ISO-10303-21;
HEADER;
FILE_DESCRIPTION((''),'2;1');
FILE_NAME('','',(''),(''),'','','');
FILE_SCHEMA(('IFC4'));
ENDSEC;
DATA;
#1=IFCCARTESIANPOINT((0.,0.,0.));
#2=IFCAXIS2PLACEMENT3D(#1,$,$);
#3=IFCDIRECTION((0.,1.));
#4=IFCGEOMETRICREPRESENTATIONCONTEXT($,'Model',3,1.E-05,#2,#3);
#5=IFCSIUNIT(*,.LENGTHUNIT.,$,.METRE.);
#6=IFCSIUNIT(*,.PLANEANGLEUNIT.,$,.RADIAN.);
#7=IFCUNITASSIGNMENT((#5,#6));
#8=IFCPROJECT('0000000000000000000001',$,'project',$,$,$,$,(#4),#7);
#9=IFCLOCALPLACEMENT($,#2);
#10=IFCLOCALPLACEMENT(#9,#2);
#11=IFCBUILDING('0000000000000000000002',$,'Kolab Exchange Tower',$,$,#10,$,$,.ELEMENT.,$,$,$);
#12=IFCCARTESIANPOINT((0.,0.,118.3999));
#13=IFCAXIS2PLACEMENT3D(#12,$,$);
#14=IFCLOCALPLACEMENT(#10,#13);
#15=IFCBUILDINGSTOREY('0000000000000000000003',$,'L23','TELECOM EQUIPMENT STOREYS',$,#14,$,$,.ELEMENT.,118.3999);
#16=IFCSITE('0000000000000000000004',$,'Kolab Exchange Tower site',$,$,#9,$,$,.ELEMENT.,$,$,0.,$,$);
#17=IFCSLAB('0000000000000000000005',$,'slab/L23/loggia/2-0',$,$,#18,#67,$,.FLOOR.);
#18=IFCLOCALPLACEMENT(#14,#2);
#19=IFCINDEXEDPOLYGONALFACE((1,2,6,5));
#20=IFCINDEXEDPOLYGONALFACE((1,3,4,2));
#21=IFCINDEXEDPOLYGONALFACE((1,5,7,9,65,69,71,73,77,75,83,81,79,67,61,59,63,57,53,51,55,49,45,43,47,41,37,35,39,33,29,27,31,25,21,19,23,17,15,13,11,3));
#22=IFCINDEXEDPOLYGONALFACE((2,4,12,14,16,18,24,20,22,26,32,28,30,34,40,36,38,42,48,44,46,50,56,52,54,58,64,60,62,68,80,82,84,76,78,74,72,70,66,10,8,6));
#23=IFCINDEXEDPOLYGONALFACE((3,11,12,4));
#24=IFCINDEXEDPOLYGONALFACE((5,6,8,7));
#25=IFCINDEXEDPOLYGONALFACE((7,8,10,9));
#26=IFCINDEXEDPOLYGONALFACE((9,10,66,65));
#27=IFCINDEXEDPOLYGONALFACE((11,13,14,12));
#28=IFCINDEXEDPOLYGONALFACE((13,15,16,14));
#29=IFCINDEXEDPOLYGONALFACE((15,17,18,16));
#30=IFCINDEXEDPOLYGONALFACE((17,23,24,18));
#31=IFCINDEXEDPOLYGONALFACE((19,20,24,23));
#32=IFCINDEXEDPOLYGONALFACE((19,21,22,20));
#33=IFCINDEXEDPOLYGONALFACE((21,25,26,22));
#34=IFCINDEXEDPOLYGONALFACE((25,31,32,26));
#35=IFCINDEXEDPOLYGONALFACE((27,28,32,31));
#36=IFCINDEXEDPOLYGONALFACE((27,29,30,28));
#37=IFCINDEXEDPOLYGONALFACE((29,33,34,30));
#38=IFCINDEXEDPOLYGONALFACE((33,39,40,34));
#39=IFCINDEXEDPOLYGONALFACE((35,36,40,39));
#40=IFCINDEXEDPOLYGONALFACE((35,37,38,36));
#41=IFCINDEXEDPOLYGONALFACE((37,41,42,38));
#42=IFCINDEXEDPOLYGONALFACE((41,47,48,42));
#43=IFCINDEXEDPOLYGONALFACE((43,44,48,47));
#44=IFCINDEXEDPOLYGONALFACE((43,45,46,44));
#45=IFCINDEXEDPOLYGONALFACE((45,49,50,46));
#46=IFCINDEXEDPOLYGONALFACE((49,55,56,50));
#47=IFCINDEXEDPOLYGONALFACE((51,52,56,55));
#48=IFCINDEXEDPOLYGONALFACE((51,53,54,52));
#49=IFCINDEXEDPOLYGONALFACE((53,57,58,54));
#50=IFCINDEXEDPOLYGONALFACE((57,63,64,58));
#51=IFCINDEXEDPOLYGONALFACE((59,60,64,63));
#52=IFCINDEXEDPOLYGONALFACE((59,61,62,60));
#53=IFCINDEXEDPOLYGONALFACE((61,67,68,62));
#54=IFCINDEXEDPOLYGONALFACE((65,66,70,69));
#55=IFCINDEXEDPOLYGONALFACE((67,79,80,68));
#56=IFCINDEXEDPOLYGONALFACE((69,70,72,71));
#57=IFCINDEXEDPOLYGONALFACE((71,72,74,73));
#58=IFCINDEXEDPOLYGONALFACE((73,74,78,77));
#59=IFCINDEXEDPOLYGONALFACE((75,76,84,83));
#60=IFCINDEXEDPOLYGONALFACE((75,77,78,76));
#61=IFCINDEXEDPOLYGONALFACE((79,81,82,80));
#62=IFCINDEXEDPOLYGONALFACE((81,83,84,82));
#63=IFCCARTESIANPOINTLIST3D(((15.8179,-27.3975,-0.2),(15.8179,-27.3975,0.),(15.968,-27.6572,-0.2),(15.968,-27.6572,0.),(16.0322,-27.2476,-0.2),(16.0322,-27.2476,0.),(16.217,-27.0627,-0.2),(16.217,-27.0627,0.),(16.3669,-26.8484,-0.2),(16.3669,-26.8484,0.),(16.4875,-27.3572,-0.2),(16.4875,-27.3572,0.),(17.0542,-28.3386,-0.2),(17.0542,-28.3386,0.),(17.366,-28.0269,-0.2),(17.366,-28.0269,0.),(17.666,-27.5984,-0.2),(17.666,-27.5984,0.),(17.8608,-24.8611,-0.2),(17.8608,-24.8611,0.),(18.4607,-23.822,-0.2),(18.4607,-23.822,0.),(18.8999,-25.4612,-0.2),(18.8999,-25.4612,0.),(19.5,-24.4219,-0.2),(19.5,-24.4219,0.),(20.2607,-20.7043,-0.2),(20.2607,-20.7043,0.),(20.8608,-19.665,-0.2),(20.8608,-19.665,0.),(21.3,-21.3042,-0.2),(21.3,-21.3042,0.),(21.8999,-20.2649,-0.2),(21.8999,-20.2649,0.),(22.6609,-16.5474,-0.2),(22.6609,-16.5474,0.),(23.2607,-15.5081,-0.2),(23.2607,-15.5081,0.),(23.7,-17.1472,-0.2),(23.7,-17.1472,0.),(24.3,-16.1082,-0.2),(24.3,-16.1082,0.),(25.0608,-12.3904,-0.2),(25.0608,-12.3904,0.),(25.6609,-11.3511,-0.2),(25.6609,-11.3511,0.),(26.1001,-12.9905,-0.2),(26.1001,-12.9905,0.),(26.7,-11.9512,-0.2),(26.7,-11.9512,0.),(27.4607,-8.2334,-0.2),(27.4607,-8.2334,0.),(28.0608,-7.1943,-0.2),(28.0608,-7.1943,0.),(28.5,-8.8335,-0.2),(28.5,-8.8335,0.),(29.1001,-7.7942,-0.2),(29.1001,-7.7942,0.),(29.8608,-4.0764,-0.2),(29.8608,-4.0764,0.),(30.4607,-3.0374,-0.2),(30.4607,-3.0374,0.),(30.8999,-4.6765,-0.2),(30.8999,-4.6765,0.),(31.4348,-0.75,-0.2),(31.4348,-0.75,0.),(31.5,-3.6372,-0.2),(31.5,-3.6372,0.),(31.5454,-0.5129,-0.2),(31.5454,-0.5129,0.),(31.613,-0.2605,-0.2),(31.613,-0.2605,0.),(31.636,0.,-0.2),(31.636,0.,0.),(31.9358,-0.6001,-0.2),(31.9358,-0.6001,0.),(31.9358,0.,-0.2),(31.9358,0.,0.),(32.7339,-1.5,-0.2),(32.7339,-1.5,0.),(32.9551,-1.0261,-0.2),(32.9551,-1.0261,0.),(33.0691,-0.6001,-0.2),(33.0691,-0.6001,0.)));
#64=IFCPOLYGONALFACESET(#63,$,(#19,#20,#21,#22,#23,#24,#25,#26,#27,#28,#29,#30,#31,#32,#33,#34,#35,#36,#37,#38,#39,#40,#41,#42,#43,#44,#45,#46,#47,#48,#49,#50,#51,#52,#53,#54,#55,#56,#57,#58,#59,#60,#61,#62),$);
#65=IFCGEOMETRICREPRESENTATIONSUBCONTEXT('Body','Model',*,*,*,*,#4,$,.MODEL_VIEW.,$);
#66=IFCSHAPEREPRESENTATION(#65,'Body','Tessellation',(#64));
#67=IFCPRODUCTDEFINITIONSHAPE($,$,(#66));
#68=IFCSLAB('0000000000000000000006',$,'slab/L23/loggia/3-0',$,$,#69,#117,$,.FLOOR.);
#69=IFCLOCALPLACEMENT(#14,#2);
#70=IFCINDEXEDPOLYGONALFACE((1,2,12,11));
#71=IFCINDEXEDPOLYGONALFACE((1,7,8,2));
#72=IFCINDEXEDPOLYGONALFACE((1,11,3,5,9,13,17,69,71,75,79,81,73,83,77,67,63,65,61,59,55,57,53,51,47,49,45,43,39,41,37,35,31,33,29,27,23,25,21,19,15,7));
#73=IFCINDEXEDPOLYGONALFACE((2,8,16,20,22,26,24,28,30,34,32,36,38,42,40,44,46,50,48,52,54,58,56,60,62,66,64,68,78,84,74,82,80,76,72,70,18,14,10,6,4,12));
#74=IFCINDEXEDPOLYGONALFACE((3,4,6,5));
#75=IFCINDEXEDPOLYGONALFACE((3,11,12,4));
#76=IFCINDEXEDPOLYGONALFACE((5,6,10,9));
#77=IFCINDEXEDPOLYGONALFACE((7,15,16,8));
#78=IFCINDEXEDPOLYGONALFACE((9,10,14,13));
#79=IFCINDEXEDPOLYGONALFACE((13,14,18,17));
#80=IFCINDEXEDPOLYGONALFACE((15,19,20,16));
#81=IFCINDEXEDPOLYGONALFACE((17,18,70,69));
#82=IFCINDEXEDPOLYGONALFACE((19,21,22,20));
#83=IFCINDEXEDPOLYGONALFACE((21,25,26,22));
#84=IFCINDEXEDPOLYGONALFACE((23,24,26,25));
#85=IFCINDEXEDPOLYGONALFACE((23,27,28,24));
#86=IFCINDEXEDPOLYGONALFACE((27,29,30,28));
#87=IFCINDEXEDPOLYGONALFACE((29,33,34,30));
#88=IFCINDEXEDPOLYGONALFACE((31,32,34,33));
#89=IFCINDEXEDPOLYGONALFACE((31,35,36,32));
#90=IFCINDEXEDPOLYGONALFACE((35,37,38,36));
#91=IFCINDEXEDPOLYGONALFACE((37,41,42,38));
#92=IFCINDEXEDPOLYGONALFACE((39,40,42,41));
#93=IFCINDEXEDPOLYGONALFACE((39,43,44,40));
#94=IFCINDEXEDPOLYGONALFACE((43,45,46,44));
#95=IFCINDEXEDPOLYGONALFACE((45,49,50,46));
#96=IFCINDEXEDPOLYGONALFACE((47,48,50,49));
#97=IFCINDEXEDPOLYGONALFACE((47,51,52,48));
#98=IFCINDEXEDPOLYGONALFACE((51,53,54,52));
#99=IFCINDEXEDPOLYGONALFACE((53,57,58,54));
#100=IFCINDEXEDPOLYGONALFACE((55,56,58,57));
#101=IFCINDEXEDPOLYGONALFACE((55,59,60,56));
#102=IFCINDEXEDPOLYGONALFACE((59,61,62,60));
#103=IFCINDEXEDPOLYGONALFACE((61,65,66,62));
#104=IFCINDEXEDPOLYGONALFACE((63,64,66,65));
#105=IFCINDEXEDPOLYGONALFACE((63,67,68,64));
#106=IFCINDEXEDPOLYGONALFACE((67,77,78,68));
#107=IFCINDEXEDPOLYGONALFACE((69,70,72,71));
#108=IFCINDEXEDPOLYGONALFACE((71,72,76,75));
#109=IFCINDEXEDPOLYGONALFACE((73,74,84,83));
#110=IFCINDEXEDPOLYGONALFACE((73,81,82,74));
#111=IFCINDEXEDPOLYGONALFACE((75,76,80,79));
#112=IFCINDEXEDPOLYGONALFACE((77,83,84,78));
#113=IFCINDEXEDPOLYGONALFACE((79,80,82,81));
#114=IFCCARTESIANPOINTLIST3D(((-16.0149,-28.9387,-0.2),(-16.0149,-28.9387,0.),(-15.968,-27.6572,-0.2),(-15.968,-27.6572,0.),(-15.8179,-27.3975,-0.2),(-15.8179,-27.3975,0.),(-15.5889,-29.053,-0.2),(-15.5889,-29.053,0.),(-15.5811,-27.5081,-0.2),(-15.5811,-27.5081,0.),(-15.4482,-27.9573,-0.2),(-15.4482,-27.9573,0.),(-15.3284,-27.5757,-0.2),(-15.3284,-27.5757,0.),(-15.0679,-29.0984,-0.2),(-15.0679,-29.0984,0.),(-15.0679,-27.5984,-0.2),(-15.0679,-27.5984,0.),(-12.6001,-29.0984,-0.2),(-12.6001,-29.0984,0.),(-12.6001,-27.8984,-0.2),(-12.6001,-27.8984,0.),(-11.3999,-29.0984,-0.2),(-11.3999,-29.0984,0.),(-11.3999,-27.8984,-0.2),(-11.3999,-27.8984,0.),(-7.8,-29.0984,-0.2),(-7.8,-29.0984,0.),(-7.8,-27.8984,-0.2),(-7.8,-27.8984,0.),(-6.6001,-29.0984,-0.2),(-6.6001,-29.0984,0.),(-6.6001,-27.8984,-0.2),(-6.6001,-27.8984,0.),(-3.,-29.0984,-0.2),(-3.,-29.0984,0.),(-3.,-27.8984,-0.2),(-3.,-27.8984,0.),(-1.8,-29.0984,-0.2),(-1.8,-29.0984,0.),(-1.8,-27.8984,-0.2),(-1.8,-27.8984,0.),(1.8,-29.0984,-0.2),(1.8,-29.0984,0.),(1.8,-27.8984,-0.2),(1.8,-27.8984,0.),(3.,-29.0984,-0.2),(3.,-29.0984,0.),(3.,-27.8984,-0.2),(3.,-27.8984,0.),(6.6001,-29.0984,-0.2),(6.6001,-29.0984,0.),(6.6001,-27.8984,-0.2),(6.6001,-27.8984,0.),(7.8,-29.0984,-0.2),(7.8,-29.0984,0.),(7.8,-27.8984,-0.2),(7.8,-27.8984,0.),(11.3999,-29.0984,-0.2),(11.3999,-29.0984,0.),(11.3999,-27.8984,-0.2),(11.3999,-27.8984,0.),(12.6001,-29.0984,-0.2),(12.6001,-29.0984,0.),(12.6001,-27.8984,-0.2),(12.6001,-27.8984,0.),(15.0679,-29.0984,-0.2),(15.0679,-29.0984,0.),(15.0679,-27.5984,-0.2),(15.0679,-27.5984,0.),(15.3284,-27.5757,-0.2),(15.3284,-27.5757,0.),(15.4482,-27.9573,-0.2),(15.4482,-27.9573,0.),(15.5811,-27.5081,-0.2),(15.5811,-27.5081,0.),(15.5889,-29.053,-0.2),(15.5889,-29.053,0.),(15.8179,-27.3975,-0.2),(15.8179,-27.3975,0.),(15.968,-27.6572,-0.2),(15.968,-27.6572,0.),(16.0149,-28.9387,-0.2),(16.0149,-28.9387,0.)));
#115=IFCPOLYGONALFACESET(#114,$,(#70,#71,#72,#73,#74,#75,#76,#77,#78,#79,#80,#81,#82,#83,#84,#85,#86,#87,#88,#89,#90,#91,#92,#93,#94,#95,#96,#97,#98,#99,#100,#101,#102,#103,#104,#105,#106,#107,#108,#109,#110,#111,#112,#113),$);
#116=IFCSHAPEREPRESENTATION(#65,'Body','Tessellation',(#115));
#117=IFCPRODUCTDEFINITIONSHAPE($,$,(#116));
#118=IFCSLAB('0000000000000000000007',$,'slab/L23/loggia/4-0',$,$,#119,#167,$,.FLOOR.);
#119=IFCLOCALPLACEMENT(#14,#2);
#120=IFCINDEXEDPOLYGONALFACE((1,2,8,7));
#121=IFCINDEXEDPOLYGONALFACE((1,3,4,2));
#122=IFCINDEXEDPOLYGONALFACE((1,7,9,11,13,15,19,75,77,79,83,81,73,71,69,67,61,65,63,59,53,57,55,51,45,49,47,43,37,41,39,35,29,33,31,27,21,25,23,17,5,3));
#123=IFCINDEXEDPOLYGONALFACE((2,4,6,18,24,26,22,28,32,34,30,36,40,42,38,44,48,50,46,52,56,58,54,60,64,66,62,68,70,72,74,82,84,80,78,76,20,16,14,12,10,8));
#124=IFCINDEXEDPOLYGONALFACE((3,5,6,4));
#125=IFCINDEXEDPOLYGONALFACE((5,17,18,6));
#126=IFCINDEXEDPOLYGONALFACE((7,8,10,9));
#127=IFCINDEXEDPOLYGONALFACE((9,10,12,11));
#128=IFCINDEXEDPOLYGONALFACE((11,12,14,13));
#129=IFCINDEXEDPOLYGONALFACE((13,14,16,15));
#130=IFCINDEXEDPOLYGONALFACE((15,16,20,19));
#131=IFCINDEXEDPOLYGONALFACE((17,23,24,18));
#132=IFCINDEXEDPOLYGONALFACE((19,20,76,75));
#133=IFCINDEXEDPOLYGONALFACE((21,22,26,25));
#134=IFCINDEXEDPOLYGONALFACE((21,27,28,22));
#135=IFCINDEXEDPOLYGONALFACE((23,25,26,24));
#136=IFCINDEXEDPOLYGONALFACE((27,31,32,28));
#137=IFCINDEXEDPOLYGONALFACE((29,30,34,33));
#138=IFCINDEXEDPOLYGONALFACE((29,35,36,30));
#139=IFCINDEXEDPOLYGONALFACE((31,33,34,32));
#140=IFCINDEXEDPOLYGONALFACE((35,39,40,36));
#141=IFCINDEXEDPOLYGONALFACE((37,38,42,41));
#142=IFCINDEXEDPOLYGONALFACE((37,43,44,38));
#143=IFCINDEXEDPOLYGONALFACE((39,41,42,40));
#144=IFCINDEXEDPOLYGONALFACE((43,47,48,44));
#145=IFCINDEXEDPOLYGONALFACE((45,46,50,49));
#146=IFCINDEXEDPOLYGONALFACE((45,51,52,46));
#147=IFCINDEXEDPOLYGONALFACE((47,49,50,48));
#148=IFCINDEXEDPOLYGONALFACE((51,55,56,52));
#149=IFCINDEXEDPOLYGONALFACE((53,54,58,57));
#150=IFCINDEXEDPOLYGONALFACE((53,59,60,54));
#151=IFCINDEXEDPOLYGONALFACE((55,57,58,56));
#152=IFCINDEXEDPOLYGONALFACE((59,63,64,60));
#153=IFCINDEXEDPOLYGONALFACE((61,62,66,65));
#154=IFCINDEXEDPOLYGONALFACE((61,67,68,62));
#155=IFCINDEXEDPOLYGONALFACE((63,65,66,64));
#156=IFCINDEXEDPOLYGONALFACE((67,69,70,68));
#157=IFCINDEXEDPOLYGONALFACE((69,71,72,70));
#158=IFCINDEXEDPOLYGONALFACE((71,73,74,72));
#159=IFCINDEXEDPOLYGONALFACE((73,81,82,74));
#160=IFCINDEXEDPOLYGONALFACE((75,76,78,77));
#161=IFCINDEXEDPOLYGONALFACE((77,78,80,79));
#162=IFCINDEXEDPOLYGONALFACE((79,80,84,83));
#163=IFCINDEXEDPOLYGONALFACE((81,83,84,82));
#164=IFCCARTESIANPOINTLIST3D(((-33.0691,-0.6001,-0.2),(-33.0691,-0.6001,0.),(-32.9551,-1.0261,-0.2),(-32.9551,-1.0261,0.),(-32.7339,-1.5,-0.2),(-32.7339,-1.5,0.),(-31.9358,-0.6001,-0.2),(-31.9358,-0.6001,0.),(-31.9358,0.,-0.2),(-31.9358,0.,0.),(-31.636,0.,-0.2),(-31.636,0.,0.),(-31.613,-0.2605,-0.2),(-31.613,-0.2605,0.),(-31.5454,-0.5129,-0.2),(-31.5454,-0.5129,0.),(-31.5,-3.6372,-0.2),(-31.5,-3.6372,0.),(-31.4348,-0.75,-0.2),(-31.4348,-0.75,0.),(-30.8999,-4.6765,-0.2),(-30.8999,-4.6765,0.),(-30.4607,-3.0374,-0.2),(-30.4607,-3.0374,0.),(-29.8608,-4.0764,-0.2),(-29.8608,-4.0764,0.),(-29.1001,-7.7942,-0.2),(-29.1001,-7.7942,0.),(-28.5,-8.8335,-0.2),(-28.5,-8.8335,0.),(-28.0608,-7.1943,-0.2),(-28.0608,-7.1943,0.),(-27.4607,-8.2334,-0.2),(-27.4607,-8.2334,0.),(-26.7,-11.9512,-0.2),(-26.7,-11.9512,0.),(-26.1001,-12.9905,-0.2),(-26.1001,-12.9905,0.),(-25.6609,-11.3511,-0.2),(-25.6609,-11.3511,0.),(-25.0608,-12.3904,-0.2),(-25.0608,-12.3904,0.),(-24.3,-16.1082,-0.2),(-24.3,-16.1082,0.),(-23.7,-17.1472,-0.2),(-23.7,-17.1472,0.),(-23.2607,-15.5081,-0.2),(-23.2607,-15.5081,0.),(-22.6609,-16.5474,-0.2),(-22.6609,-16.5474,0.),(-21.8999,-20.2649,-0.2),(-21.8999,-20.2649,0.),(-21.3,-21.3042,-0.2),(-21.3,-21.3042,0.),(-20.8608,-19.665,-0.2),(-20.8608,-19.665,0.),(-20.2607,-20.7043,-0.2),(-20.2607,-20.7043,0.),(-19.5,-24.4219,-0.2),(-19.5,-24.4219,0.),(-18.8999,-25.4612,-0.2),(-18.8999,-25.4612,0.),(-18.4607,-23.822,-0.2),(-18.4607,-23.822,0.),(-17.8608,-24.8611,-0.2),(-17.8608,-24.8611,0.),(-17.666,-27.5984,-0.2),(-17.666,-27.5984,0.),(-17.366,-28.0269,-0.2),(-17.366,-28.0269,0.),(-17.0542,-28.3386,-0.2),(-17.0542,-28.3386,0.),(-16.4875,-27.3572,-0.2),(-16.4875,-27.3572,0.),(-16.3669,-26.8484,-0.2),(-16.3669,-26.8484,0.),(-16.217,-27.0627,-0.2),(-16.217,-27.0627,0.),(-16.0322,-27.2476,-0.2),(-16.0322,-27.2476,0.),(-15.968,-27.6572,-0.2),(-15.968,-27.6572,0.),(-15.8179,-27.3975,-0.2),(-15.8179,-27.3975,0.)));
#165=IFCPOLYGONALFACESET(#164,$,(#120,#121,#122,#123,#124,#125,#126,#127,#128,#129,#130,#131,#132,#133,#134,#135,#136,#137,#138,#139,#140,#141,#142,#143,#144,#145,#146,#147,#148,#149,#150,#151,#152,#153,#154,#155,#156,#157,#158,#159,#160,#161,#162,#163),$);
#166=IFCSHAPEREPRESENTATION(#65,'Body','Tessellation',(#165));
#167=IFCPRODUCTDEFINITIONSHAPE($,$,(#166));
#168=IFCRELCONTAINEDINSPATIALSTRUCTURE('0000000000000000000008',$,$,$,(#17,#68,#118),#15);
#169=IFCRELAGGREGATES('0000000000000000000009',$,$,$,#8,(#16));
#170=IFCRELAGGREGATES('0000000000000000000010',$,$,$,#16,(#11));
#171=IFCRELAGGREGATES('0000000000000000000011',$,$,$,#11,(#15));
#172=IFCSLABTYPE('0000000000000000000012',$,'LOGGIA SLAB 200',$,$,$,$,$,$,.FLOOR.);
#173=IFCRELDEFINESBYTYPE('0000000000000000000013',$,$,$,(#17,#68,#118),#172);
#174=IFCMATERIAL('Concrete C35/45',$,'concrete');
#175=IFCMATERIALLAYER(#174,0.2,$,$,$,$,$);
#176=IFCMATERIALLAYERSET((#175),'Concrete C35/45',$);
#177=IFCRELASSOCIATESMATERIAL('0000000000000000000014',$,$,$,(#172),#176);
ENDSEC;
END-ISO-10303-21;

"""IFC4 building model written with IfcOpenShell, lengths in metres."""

from ifc_helpers import new_model, si_unit, direction, frame, origin, place, context, subcontext, project, spatial, polyline, outline, extrude, material, layer, layer_set, type_object, element, save


model = new_model("IFC4")

# Units and contexts
model_context = context("Model", 3, precision=1e-05, world=origin(), true_north=direction((0.0, 1.0)))
body_context = subcontext(model_context, "Body", "Model", "MODEL_VIEW")
ifc_project = project(units=[si_unit("LENGTHUNIT", "METRE"), si_unit("PLANEANGLEUNIT", "RADIAN")], contexts=[model_context])

# Site, building, storey
site_placement = place(None, origin())
site = spatial("IfcSite", under=ifc_project, at=site_placement, Name="Kolab Exchange Tower site", CompositionType="ELEMENT", RefElevation=0.0)
building_placement = place(site_placement, origin())
building = spatial("IfcBuilding", under=site, at=building_placement, Name="Kolab Exchange Tower", CompositionType="ELEMENT")
storey_placement = place(building_placement, frame((0.0, 0.0, 118.3999)))
storey = spatial("IfcBuildingStorey", under=building, at=storey_placement, Name="L23", Description="TELECOM EQUIPMENT STOREYS", CompositionType="ELEMENT", Elevation=118.3999)

# Slabs
ifc_material_1 = material(Name="Concrete C35/45", Category="concrete")
ifc_layer_1 = layer(ifc_material_1, 0.2)
ifc_layer_set_1 = layer_set([ifc_layer_1], Name="Concrete C35/45")
slab_type_1 = type_object("IfcSlabType", Name="LOGGIA SLAB 200", PredefinedType="FLOOR", material=ifc_layer_set_1)
slab_1_placement = place(storey_placement, frame((0.0, 0.0, -0.2)))
element("IfcSlab", 1, at=slab_1_placement, inside=storey, type_object=slab_type_1, Name="slab/L23/loggia/2-0", PredefinedType="FLOOR", context=body_context, shape_type="SweptSolid", body=[
    extrude(outline(polyline([(17.666, -27.5984), (18.8999, -25.4612), (17.8608, -24.8611), (18.4607, -23.822), (19.5, -24.4219), (21.3, -21.3042), (20.2607, -20.7043), (20.8608, -19.665), (21.8999, -20.2649), (23.7, -17.1472), (22.6609, -16.5474), (23.2607, -15.5081), (24.3, -16.1082), (26.1001, -12.9905), (25.0608, -12.3904), (25.6609, -11.3511), (26.7, -11.9512), (28.5, -8.8335), (27.4607, -8.2334), (28.0608, -7.1943), (29.1001, -7.7942), (30.8999, -4.6765), (29.8608, -4.0764), (30.4607, -3.0374), (31.5, -3.6372), (32.7339, -1.5), (32.9551, -1.0261), (33.0691, -0.6001), (31.9358, -0.6001), (31.9358, 0.0), (31.636, 0.0), (31.613, -0.2605), (31.5454, -0.5129), (31.4348, -0.75), (16.3669, -26.8484), (16.217, -27.0627), (16.0322, -27.2476), (15.8179, -27.3975), (15.968, -27.6572), (16.4875, -27.3572), (17.0542, -28.3386), (17.366, -28.0269), (17.666, -27.5984)])), origin(), (0.0, 0.0, 1.0), 0.2),
])
slab_2_placement = place(storey_placement, frame((0.0, 0.0, -0.2)))
element("IfcSlab", 2, at=slab_2_placement, inside=storey, type_object=slab_type_1, Name="slab/L23/loggia/3-0", PredefinedType="FLOOR", context=body_context, shape_type="SweptSolid", body=[
    extrude(outline(polyline([(-15.8179, -27.3975), (-15.968, -27.6572), (-15.4482, -27.9573), (-16.0149, -28.9387), (-15.5889, -29.053), (-15.0679, -29.0984), (-12.6001, -29.0984), (-12.6001, -27.8984), (-11.3999, -27.8984), (-11.3999, -29.0984), (-7.8, -29.0984), (-7.8, -27.8984), (-6.6001, -27.8984), (-6.6001, -29.0984), (-3.0, -29.0984), (-3.0, -27.8984), (-1.8, -27.8984), (-1.8, -29.0984), (1.8, -29.0984), (1.8, -27.8984), (3.0, -27.8984), (3.0, -29.0984), (6.6001, -29.0984), (6.6001, -27.8984), (7.8, -27.8984), (7.8, -29.0984), (11.3999, -29.0984), (11.3999, -27.8984), (12.6001, -27.8984), (12.6001, -29.0984), (15.0679, -29.0984), (15.5889, -29.053), (16.0149, -28.9387), (15.4482, -27.9573), (15.968, -27.6572), (15.8179, -27.3975), (15.5811, -27.5081), (15.3284, -27.5757), (15.0679, -27.5984), (-15.0679, -27.5984), (-15.3284, -27.5757), (-15.5811, -27.5081), (-15.8179, -27.3975)])), origin(), (0.0, 0.0, 1.0), 0.2),
])
slab_3_placement = place(storey_placement, frame((0.0, 0.0, -0.2)))
element("IfcSlab", 3, at=slab_3_placement, inside=storey, type_object=slab_type_1, Name="slab/L23/loggia/4-0", PredefinedType="FLOOR", context=body_context, shape_type="SweptSolid", body=[
    extrude(outline(polyline([(-31.636, 0.0), (-31.9358, 0.0), (-31.9358, -0.6001), (-33.0691, -0.6001), (-32.9551, -1.0261), (-32.7339, -1.5), (-31.5, -3.6372), (-30.4607, -3.0374), (-29.8608, -4.0764), (-30.8999, -4.6765), (-29.1001, -7.7942), (-28.0608, -7.1943), (-27.4607, -8.2334), (-28.5, -8.8335), (-26.7, -11.9512), (-25.6609, -11.3511), (-25.0608, -12.3904), (-26.1001, -12.9905), (-24.3, -16.1082), (-23.2607, -15.5081), (-22.6609, -16.5474), (-23.7, -17.1472), (-21.8999, -20.2649), (-20.8608, -19.665), (-20.2607, -20.7043), (-21.3, -21.3042), (-19.5, -24.4219), (-18.4607, -23.822), (-17.8608, -24.8611), (-18.8999, -25.4612), (-17.666, -27.5984), (-17.366, -28.0269), (-17.0542, -28.3386), (-16.4875, -27.3572), (-15.968, -27.6572), (-15.8179, -27.3975), (-16.0322, -27.2476), (-16.217, -27.0627), (-16.3669, -26.8484), (-31.4348, -0.75), (-31.5454, -0.5129), (-31.613, -0.2605), (-31.636, 0.0)])), origin(), (0.0, 0.0, 1.0), 0.2),
])

save(model, "model.ifc")
